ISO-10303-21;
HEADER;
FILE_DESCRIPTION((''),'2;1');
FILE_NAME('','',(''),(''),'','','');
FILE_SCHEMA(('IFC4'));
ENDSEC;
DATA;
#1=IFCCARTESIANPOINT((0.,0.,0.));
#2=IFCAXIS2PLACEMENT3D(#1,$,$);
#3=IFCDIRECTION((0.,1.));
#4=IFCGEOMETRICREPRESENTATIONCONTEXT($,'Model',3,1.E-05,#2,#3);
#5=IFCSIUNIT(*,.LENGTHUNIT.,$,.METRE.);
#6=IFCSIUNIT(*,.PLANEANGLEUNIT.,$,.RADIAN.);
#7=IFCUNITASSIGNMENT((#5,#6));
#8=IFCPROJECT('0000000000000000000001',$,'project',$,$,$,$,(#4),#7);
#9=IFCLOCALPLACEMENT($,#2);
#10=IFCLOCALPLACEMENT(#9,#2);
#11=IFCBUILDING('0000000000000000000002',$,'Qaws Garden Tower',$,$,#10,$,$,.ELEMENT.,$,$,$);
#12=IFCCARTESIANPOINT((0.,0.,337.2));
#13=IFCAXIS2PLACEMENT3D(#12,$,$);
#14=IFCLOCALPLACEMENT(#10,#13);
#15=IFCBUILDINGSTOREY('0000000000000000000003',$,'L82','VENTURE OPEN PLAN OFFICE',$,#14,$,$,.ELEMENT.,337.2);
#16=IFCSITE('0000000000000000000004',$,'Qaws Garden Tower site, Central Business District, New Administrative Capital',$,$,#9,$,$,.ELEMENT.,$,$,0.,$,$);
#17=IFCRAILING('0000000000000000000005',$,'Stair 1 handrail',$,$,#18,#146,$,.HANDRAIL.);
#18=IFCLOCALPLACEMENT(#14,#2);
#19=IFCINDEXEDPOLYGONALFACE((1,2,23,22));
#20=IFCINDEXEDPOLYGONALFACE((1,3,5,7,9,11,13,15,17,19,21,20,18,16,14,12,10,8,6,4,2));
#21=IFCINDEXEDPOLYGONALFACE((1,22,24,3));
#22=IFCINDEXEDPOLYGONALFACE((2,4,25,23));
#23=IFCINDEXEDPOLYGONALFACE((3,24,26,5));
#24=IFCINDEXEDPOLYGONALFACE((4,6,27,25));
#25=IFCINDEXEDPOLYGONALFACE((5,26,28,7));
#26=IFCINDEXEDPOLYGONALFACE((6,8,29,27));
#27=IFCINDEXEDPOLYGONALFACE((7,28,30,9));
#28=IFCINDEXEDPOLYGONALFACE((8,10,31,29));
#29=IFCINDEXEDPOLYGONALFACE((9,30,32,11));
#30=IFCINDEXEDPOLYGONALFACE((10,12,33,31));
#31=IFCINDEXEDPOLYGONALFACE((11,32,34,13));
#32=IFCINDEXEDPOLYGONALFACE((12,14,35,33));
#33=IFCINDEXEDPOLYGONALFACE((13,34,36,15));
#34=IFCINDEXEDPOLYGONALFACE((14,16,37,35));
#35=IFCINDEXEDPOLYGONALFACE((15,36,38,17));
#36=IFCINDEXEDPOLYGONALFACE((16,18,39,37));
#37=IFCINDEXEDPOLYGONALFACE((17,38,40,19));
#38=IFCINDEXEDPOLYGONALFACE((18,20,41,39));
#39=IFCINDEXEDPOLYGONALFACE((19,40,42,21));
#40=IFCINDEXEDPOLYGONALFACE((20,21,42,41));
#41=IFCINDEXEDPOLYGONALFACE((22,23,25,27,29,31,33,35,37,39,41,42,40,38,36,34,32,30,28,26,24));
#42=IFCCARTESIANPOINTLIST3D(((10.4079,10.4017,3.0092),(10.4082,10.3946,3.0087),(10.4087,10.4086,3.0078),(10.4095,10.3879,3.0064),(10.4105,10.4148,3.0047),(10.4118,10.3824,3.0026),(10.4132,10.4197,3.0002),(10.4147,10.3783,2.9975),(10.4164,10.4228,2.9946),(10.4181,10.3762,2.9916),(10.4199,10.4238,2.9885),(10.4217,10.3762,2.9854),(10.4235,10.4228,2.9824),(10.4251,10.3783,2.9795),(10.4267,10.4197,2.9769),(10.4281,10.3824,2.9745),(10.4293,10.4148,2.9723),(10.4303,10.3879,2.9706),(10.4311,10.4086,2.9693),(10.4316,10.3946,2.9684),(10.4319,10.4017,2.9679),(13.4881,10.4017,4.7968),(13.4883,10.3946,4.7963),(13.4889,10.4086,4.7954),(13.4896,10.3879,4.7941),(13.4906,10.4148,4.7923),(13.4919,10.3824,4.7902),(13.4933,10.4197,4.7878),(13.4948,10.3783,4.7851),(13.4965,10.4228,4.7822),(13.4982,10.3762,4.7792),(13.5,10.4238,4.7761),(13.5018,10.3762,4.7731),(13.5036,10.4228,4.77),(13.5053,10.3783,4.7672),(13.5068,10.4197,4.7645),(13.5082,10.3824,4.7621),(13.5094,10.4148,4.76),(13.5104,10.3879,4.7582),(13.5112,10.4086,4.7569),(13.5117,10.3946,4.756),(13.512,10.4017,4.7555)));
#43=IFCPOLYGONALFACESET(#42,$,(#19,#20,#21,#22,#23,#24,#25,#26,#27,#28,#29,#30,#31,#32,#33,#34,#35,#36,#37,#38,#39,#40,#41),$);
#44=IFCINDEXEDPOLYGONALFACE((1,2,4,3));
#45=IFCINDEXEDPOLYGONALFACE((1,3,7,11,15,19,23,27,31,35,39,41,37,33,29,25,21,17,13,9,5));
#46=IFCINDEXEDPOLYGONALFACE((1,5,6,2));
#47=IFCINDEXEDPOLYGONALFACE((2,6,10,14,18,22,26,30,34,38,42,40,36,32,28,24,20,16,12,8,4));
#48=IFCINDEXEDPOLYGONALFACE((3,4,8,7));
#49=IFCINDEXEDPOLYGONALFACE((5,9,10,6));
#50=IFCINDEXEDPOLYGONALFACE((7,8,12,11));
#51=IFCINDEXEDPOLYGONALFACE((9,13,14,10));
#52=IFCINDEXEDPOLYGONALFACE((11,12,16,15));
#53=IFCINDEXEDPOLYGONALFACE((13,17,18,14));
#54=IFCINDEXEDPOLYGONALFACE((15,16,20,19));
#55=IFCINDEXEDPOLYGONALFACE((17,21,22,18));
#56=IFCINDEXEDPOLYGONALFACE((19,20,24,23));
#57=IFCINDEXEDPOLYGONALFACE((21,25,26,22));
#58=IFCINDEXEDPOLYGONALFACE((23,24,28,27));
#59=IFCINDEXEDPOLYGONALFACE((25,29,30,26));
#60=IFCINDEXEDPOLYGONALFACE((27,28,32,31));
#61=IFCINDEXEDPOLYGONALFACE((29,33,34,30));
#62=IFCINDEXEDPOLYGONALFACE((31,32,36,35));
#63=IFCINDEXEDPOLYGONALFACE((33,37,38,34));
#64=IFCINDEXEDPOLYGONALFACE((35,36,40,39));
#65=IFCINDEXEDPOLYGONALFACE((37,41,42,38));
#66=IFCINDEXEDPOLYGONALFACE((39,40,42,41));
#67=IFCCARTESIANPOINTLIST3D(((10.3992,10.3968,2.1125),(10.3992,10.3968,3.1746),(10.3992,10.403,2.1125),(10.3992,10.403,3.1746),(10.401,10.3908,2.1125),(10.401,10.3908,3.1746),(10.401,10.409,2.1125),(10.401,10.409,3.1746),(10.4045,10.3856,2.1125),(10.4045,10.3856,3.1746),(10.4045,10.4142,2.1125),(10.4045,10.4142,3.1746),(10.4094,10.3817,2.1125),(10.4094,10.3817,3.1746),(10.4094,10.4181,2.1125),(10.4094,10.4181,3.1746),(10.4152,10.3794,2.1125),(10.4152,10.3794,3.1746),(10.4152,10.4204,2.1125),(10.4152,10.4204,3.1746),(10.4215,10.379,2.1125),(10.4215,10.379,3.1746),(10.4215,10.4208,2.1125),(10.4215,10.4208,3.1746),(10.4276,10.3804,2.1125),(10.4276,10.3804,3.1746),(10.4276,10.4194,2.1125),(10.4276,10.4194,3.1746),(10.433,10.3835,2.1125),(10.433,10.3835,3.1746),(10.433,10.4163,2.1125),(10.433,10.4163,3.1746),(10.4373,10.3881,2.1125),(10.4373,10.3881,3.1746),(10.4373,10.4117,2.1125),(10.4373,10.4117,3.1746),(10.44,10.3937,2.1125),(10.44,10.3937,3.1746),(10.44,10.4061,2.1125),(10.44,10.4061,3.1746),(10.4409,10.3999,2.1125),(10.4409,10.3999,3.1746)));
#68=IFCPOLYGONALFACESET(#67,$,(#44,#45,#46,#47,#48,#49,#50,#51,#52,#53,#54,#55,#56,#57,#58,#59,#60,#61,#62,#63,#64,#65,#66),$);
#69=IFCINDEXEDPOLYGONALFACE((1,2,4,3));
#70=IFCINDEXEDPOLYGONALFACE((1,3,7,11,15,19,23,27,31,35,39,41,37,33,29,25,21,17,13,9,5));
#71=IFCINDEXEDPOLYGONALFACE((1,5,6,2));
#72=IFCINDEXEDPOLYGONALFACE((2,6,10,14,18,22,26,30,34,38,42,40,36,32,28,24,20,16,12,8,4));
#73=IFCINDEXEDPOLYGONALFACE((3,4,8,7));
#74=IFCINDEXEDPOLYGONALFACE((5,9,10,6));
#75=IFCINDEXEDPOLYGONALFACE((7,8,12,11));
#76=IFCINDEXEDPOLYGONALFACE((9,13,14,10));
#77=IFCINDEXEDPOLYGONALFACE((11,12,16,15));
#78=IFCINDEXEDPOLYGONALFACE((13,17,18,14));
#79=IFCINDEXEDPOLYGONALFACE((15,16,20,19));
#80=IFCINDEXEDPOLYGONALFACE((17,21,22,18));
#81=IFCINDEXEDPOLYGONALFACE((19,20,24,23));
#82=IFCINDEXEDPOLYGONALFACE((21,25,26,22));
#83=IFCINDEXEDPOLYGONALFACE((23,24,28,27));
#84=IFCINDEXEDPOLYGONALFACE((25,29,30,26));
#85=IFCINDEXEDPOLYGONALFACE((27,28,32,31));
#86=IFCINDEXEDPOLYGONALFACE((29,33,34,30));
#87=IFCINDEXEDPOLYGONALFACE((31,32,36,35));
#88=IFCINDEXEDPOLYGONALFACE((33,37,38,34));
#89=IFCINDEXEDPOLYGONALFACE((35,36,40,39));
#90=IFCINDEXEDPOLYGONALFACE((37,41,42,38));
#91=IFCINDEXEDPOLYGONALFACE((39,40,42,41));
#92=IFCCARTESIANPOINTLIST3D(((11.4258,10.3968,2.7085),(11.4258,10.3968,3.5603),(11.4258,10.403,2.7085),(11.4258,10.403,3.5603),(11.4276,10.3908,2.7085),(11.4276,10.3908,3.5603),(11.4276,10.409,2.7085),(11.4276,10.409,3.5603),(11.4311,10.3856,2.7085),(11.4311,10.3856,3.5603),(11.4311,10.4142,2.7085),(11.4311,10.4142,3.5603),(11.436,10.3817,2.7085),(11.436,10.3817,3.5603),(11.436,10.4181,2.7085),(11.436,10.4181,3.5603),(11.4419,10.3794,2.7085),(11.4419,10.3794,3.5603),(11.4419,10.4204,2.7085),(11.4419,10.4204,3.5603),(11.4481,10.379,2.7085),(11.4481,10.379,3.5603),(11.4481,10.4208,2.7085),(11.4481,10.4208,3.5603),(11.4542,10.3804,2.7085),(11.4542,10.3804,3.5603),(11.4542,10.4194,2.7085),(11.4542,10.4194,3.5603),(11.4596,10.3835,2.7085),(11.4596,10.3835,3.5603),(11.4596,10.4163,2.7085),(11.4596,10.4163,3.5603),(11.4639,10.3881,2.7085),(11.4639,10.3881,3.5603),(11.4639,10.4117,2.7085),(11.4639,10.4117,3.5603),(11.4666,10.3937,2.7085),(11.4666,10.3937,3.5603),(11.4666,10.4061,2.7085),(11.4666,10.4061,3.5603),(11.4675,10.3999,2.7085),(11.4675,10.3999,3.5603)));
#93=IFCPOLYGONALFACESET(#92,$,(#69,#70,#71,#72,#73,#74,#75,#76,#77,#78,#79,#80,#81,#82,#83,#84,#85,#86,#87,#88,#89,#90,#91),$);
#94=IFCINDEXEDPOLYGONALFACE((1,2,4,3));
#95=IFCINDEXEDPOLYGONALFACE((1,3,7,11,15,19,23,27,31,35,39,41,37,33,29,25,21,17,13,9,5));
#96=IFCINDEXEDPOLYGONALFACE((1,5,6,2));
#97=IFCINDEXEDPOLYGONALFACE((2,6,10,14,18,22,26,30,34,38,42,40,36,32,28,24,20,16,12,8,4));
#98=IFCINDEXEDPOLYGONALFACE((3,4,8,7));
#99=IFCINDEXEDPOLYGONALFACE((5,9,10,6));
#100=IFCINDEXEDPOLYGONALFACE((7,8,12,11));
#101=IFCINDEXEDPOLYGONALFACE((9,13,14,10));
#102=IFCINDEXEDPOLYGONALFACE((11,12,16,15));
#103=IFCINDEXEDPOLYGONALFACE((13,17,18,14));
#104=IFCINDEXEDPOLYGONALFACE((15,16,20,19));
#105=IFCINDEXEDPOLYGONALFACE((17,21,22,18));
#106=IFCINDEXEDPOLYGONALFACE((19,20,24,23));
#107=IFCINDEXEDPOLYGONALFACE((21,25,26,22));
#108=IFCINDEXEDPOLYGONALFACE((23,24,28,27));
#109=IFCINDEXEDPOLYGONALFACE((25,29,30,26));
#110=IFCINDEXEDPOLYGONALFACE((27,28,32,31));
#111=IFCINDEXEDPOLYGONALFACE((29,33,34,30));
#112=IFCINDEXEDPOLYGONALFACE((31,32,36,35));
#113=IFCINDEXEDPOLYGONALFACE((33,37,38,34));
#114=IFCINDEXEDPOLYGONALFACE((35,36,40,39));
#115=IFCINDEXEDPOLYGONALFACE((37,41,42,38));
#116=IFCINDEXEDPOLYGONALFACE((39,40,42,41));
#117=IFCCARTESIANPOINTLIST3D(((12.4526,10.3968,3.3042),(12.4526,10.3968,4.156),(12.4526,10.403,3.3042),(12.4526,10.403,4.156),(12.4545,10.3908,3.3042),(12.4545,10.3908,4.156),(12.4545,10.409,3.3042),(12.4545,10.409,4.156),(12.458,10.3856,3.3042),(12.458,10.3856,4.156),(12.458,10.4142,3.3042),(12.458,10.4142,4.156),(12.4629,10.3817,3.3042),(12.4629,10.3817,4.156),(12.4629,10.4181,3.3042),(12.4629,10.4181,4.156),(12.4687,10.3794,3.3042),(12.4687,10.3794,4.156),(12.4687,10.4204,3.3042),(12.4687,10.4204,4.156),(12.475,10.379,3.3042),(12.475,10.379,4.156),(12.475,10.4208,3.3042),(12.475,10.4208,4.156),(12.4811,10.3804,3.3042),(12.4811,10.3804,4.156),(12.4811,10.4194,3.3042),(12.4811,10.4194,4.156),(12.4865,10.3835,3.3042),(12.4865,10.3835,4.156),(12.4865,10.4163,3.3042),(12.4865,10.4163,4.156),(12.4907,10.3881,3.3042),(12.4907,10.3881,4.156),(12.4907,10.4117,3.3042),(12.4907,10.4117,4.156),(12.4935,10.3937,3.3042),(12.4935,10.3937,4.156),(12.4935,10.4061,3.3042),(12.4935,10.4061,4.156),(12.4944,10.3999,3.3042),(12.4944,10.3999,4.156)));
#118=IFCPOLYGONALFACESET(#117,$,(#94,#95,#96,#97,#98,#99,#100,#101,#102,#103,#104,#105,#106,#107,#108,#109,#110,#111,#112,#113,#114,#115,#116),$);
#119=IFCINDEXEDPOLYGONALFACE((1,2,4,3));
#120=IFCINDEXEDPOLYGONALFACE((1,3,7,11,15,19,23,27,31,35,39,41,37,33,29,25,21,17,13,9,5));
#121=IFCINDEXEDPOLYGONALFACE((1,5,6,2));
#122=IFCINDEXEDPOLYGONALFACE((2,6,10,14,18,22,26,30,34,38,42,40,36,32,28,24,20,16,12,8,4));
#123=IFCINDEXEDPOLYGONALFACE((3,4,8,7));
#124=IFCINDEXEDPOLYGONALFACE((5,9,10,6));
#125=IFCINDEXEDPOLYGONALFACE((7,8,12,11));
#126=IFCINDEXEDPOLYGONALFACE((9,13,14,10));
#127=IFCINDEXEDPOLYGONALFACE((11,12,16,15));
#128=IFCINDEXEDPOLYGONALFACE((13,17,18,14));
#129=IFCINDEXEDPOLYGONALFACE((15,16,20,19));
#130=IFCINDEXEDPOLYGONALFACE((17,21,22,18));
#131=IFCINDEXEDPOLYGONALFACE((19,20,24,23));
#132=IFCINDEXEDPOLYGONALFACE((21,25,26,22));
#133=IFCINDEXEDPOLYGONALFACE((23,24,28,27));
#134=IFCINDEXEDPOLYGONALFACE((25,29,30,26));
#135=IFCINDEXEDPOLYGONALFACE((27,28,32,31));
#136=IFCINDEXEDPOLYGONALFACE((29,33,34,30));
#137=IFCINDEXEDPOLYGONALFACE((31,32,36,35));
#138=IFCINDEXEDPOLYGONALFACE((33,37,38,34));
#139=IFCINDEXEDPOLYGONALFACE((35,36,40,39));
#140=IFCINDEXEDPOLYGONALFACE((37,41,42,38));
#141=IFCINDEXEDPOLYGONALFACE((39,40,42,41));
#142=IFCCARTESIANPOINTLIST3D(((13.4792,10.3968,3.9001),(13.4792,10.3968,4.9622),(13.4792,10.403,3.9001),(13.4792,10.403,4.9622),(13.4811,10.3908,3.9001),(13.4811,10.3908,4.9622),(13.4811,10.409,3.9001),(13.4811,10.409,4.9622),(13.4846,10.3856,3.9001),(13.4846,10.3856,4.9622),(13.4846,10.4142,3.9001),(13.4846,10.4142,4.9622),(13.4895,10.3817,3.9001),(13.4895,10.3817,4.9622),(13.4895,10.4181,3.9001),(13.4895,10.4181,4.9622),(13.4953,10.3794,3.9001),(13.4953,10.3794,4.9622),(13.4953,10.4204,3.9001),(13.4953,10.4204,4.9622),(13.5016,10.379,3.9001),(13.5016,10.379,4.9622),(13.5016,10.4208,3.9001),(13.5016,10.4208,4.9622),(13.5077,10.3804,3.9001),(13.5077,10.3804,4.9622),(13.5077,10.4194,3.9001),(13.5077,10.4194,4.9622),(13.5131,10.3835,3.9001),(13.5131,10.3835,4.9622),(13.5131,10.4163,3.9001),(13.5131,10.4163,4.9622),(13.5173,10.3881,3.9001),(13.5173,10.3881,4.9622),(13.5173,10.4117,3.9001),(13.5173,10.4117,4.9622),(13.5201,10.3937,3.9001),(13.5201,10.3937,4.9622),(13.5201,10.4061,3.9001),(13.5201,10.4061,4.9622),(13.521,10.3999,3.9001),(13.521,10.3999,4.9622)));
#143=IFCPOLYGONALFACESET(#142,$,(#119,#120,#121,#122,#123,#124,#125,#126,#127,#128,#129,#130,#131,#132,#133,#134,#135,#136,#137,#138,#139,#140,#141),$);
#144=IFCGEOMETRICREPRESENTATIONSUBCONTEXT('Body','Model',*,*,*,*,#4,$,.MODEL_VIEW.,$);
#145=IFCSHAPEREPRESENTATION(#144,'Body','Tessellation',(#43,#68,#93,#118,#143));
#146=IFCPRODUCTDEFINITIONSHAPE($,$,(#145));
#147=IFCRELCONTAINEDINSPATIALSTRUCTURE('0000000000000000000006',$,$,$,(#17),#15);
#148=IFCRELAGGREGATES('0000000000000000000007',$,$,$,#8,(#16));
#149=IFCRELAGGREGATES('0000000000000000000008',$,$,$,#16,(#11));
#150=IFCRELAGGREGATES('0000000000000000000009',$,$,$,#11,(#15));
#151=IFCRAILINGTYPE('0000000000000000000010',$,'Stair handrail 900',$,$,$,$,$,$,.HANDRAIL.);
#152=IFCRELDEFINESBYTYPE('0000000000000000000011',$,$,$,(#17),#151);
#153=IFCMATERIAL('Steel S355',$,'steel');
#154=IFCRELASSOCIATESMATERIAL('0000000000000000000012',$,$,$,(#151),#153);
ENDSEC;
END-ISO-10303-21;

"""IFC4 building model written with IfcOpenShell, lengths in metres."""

from ifc_helpers import new_model, si_unit, direction, frame, origin, origin_2d, place, context, subcontext, project, spatial, circle, extrude, material, type_object, element, save


model = new_model("IFC4")

# Units and contexts
model_context = context("Model", 3, precision=1e-05, world=origin(), true_north=direction((0.0, 1.0)))
body_context = subcontext(model_context, "Body", "Model", "MODEL_VIEW")
ifc_project = project(units=[si_unit("LENGTHUNIT", "METRE"), si_unit("PLANEANGLEUNIT", "RADIAN")], contexts=[model_context])

# Site, building, storey
site_placement = place(None, origin())
site = spatial("IfcSite", under=ifc_project, at=site_placement, Name="Qaws Garden Tower site, Central Business District, New Administrative Capital", CompositionType="ELEMENT", RefElevation=0.0)
building_placement = place(site_placement, origin())
building = spatial("IfcBuilding", under=site, at=building_placement, Name="Qaws Garden Tower", CompositionType="ELEMENT")
storey_placement = place(building_placement, frame((0.0, 0.0, 337.2)))
storey = spatial("IfcBuildingStorey", under=building, at=storey_placement, Name="L82", Description="VENTURE OPEN PLAN OFFICE", CompositionType="ELEMENT", Elevation=337.2)

# Railing
ifc_material_1 = material(Name="Steel S355", Category="steel")
railing_type = type_object("IfcRailingType", Name="Stair handrail 900", PredefinedType="HANDRAIL", material=ifc_material_1)
railing_1_placement = place(storey_placement, frame((10.4199, 10.3999, 2.1125)))
element("IfcRailing", 1, at=railing_1_placement, inside=storey, type_object=railing_type, Name="Stair 1 handrail", PredefinedType="HANDRAIL", context=body_context, shape_type="SweptSolid", body=[
    extrude(circle(Radius=0.0239, at=origin_2d()), frame((0.0, 0.0, 0.876), z_axis=(0.864891, 0.0, 0.50196), x_axis=(0.0, 1.0, 0.0)), (0.0, 0.0, 1.0), 3.5613),
    extrude(circle(Radius=0.021, at=origin_2d()), origin(), (0.0, 0.0, 1.0), 1.062),
    extrude(circle(Radius=0.021, at=origin_2d()), frame((1.0266, 0.0, 0.5959)), (0.0, 0.0, 1.0), 0.8518),
    extrude(circle(Radius=0.021, at=origin_2d()), frame((2.0535, 0.0, 1.1917)), (0.0, 0.0, 1.0), 0.8518),
    extrude(circle(Radius=0.021, at=origin_2d()), frame((3.0801, 0.0, 1.7876)), (0.0, 0.0, 1.0), 1.062),
])

save(model, "model.ifc")
